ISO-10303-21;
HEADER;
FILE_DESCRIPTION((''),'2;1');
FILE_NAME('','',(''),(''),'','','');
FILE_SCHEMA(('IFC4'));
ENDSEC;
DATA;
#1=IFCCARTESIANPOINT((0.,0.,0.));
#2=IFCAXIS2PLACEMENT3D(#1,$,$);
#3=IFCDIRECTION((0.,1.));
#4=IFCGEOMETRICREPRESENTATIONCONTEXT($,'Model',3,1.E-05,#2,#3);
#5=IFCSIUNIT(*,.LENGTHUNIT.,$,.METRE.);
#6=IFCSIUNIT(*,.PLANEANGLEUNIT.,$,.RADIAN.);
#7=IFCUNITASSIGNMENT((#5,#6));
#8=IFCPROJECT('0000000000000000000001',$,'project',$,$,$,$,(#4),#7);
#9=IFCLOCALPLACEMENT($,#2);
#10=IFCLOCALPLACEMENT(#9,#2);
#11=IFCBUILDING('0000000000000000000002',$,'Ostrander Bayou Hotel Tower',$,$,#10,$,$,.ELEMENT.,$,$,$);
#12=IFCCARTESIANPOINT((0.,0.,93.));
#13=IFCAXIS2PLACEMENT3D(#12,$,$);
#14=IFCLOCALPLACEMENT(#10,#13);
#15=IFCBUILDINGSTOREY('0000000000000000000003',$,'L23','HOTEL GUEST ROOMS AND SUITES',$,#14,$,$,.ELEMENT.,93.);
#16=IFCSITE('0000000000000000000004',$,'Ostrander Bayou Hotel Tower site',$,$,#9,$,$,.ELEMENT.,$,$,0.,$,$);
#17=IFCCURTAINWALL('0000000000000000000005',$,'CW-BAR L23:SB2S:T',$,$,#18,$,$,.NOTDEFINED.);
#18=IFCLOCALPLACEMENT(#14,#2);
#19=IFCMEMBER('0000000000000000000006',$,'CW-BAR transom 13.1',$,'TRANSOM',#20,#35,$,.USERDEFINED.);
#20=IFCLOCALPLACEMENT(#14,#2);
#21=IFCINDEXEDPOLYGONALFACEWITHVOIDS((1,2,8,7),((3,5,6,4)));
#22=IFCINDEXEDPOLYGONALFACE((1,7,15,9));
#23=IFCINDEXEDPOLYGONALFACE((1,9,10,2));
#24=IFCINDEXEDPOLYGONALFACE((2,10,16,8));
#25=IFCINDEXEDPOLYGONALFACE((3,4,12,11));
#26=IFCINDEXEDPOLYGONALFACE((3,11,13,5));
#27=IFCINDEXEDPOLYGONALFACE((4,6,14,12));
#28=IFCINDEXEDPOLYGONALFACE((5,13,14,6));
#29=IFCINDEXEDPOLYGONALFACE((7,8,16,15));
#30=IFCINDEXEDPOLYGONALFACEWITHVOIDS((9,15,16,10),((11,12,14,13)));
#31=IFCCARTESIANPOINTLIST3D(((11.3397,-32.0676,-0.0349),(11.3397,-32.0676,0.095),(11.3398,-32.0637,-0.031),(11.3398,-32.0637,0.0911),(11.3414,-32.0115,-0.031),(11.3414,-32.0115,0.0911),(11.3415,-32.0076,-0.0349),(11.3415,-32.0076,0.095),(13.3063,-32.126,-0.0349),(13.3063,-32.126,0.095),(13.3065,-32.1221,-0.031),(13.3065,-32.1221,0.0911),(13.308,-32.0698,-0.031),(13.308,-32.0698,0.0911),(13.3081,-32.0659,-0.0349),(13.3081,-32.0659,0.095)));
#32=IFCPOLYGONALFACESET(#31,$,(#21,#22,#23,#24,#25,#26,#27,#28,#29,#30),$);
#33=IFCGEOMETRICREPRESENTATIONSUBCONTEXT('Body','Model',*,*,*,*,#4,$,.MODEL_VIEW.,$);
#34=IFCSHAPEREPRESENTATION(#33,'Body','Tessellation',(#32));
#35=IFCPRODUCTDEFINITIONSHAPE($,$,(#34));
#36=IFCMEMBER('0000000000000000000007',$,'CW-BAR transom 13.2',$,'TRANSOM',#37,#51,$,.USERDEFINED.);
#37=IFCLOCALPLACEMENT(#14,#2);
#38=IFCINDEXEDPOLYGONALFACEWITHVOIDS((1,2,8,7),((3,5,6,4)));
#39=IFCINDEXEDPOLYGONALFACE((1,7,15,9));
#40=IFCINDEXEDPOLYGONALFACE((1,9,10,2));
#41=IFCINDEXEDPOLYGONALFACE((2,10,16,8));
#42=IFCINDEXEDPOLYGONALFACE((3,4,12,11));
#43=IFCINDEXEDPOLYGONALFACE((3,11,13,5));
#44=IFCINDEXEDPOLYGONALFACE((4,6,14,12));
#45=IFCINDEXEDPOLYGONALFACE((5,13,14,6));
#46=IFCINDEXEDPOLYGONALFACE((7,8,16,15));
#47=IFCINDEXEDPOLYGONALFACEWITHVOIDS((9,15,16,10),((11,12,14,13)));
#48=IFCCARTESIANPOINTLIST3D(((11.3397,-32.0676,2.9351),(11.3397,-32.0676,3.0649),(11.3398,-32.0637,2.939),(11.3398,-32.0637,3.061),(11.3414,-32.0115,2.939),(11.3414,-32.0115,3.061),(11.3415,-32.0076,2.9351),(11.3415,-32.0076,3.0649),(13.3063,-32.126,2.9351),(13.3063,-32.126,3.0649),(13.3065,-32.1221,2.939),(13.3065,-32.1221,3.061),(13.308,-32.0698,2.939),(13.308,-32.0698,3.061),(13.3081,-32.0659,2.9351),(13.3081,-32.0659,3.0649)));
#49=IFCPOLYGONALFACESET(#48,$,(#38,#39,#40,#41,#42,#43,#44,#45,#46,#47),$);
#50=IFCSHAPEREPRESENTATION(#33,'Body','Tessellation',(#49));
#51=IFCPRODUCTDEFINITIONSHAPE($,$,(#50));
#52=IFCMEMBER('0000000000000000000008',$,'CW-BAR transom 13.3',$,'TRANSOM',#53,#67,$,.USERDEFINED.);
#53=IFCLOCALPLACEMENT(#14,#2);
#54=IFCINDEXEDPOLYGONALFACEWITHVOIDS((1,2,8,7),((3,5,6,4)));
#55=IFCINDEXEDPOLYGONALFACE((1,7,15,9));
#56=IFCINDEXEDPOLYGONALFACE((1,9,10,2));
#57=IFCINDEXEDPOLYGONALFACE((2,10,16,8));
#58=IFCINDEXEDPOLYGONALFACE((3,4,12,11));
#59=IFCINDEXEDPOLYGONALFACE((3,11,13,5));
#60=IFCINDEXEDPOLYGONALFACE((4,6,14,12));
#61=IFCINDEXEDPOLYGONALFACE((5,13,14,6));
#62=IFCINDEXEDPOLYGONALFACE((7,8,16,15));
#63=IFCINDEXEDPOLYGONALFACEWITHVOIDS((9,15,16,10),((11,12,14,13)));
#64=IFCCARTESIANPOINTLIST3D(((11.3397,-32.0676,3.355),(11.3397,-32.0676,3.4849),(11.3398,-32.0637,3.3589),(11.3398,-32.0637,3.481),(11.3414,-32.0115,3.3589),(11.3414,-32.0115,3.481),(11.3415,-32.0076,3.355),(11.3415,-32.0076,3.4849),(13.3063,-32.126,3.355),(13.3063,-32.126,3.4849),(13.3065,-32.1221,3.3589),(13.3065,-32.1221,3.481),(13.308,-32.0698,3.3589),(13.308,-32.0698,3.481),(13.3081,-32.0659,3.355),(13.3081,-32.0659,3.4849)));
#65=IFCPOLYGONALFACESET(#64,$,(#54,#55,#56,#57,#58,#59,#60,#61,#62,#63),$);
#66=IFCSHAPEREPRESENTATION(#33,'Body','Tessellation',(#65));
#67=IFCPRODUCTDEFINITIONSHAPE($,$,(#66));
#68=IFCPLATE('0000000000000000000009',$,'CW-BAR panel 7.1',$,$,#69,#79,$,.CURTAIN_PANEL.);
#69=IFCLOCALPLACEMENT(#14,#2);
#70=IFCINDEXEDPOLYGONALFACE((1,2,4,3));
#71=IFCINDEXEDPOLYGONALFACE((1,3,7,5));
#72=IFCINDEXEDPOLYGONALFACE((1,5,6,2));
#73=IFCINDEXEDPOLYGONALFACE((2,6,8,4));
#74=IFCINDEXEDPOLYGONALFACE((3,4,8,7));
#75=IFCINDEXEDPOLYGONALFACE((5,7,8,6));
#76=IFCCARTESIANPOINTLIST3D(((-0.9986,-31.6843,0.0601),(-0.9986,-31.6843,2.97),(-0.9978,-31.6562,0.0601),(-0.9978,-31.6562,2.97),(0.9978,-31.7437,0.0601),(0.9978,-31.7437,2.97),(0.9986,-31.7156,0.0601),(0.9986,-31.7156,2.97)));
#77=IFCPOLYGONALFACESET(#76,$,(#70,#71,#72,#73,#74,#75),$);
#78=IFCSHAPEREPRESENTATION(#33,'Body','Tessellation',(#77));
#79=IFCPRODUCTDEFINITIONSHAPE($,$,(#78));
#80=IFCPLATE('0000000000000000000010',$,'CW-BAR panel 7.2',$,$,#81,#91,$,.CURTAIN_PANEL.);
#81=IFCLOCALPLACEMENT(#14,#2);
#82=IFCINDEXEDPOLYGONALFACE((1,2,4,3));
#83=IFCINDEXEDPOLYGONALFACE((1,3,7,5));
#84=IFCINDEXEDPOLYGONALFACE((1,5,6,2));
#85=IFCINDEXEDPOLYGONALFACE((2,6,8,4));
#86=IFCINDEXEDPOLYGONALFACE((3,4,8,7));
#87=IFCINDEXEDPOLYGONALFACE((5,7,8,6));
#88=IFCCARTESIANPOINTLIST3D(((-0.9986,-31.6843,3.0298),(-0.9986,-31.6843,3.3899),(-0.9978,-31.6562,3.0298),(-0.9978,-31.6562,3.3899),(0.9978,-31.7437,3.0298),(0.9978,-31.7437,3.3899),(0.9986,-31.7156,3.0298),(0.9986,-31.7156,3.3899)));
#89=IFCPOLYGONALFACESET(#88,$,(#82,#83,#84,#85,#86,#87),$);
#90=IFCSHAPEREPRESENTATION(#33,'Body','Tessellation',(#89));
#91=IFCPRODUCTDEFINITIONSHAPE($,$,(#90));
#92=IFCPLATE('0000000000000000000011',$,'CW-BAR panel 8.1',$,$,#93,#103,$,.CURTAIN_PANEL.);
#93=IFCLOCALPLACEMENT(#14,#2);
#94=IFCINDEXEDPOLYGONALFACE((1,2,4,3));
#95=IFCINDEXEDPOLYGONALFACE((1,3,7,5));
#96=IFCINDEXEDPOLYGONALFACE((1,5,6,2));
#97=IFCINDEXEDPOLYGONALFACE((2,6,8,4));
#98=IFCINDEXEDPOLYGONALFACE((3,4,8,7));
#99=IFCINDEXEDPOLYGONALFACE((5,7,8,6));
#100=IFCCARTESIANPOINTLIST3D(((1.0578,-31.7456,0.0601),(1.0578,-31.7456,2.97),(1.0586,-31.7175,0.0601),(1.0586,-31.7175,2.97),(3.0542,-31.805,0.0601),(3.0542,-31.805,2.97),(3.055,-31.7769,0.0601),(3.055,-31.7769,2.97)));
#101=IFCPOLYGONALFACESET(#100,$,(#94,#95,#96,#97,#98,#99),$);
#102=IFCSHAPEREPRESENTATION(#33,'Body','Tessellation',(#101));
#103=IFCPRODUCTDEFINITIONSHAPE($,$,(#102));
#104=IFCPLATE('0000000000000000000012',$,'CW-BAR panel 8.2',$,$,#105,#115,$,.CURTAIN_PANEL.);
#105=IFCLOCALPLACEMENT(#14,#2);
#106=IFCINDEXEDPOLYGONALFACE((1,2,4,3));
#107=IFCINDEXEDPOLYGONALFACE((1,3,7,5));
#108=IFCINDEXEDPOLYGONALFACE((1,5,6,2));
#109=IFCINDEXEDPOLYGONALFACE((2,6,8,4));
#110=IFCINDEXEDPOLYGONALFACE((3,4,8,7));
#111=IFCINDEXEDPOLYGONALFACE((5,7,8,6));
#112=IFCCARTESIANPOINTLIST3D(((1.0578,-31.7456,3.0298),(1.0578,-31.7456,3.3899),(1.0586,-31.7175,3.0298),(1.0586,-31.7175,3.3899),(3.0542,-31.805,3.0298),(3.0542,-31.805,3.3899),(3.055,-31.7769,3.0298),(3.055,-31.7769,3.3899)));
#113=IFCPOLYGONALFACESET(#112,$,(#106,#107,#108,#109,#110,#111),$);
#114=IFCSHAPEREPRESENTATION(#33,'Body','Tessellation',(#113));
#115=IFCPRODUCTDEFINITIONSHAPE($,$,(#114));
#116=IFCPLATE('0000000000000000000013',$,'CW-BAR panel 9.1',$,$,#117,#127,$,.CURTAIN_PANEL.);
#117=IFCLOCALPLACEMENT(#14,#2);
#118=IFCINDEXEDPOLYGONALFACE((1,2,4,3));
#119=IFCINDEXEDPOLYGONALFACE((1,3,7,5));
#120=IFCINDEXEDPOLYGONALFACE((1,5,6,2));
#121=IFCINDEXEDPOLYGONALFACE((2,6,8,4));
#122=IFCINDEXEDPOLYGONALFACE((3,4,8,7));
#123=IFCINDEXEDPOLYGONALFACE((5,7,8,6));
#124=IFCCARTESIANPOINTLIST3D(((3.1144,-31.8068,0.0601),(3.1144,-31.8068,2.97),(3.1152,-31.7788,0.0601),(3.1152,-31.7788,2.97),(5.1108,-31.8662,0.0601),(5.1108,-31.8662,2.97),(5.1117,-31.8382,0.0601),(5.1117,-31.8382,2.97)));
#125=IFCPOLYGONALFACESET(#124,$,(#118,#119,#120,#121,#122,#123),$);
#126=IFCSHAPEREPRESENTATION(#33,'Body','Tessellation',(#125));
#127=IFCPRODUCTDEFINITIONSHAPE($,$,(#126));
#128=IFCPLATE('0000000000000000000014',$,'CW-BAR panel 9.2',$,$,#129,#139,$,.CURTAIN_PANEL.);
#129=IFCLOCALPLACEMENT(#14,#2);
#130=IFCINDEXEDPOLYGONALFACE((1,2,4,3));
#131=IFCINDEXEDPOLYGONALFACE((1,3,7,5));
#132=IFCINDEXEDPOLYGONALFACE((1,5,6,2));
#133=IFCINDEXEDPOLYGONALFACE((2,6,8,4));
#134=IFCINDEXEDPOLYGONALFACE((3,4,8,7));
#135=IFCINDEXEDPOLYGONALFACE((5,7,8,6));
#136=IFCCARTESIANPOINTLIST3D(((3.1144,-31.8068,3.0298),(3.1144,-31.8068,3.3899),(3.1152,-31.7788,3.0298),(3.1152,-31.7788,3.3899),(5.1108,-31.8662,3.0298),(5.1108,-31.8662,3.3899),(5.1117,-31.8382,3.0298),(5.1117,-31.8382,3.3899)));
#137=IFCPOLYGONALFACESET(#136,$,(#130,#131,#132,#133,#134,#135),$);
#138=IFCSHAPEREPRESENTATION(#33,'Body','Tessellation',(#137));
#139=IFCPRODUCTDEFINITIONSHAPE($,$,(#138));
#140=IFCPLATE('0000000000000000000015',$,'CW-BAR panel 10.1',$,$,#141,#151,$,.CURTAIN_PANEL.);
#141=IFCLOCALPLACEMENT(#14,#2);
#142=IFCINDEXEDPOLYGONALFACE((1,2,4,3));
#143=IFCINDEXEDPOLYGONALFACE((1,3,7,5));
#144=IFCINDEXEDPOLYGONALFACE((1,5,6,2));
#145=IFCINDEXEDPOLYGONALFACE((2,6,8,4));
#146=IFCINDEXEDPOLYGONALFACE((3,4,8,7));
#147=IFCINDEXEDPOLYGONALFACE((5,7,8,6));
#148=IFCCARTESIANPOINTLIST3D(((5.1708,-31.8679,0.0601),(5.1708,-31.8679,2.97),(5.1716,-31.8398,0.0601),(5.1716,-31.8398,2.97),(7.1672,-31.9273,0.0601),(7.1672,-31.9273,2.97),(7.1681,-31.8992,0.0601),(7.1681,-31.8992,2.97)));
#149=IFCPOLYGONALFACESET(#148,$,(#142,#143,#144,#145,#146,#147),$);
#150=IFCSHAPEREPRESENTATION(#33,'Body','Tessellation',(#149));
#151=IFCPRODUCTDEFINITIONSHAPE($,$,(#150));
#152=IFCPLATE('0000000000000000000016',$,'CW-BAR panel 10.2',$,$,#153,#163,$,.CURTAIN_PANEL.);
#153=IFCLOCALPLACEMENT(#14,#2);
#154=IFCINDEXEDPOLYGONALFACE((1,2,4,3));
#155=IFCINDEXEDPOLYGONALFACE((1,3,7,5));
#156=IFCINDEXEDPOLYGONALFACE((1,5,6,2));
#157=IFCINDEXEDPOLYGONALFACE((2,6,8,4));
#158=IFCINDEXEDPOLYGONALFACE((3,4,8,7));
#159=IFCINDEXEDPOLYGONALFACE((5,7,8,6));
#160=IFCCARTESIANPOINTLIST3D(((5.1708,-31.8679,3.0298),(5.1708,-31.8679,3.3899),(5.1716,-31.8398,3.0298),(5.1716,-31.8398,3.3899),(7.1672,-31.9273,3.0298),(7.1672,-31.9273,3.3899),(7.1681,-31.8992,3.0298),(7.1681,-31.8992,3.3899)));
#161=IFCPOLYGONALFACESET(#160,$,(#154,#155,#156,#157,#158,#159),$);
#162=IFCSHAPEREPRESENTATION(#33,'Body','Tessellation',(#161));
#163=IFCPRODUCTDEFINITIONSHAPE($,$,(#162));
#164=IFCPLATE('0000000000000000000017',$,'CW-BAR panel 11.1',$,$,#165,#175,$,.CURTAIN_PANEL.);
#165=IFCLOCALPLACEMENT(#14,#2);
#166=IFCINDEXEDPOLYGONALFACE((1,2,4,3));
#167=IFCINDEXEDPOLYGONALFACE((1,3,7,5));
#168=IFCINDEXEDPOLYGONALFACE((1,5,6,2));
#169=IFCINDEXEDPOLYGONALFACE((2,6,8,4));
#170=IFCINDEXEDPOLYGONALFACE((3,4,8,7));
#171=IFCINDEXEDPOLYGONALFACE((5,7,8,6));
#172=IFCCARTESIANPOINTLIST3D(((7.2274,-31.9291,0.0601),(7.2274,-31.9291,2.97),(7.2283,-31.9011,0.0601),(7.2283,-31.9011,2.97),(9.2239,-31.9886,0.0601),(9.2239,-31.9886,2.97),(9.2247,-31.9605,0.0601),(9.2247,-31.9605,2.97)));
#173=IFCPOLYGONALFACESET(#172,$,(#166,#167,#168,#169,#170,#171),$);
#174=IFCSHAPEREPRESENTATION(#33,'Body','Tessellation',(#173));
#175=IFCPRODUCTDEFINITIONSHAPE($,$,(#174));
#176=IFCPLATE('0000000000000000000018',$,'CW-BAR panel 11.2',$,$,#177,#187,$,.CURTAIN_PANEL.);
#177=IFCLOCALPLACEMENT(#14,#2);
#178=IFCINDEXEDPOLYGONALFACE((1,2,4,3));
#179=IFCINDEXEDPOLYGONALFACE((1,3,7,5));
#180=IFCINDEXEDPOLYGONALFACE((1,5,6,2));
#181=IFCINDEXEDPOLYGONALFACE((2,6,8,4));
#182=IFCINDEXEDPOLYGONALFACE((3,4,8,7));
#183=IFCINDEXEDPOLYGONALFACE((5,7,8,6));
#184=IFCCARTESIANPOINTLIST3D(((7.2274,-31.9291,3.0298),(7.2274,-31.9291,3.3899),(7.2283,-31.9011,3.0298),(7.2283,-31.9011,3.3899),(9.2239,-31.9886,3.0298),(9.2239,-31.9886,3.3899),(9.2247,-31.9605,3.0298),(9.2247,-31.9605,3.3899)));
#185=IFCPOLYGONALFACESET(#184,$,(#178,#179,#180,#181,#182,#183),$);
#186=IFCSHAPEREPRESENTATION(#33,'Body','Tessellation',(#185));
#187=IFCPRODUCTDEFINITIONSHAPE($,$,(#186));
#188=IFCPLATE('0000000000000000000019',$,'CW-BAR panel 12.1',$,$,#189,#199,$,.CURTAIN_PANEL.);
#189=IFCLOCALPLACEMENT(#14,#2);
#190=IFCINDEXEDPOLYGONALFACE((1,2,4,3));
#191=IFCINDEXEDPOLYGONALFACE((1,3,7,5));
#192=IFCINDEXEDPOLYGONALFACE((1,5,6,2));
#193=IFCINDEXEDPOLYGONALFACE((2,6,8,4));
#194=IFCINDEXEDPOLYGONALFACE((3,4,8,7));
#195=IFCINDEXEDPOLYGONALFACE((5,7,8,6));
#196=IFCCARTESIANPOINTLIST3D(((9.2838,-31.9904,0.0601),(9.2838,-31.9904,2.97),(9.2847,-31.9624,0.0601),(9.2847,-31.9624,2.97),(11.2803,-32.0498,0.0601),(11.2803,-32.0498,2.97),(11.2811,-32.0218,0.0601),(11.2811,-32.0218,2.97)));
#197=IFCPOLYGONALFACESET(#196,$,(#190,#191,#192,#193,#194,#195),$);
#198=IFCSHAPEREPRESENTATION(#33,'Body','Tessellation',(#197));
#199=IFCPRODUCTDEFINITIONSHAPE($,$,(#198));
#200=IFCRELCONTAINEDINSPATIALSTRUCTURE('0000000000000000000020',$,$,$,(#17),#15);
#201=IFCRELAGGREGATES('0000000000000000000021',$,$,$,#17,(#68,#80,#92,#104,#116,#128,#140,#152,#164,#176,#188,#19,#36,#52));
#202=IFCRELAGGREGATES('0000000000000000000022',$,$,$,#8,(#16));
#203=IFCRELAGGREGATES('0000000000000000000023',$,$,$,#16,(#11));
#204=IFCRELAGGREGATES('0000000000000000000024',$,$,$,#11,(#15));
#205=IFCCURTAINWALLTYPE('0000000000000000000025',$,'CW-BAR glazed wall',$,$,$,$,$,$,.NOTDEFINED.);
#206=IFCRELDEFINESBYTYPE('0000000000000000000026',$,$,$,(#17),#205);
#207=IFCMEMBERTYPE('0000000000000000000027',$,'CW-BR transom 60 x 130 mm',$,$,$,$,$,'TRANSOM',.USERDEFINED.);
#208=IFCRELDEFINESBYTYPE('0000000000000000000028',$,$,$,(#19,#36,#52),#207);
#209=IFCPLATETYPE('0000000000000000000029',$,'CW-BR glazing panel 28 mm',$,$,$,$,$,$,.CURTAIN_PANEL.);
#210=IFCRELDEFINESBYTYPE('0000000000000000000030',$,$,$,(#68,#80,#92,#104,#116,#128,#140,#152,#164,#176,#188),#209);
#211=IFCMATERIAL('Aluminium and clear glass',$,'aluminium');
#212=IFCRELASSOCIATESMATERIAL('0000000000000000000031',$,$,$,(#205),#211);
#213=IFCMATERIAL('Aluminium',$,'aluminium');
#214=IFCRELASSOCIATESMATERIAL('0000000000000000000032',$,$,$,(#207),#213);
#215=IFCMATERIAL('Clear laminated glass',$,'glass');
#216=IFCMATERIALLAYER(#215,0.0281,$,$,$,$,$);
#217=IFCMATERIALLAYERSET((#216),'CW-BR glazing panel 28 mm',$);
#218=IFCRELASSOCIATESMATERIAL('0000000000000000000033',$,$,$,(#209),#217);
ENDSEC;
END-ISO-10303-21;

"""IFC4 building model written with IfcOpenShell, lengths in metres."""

from ifc_helpers import new_model, si_unit, direction, frame, origin, origin_2d, place, context, subcontext, project, spatial, rectangle, hollow_rectangle, extrude, material, layer, layer_set, material_profile, profile_set, type_object, element, aggregate, save


model = new_model("IFC4")

# Units and contexts
model_context = context("Model", 3, precision=1e-05, world=origin(), true_north=direction((0.0, 1.0)))
body_context = subcontext(model_context, "Body", "Model", "MODEL_VIEW")
ifc_project = project(units=[si_unit("LENGTHUNIT", "METRE"), si_unit("PLANEANGLEUNIT", "RADIAN")], contexts=[model_context])

# Site, building, storey
site_placement = place(None, origin())
site = spatial("IfcSite", under=ifc_project, at=site_placement, Name="Ostrander Bayou Hotel Tower site", CompositionType="ELEMENT", RefElevation=0.0)
building_placement = place(site_placement, origin())
building = spatial("IfcBuilding", under=site, at=building_placement, Name="Ostrander Bayou Hotel Tower", CompositionType="ELEMENT")
storey_placement = place(building_placement, frame((0.0, 0.0, 93.0)))
storey = spatial("IfcBuildingStorey", under=building, at=storey_placement, Name="L23", Description="HOTEL GUEST ROOMS AND SUITES", CompositionType="ELEMENT", Elevation=93.0)

# Curtain wall, members, plates
ifc_material_1 = material(Name="Aluminium and clear glass", Category="aluminium")
curtain_wall_type = type_object("IfcCurtainWallType", Name="CW-BAR glazed wall", PredefinedType="NOTDEFINED", material=ifc_material_1)
curtain_wall_placement = place(storey_placement, origin())
curtain_wall = element("IfcCurtainWall", 1, at=curtain_wall_placement, inside=storey, type_object=curtain_wall_type, Name="CW-BAR L23:SB2S:T", PredefinedType="NOTDEFINED")
ifc_material_2 = material(Name="Aluminium", Category="aluminium")
ifc_material_profile_1 = material_profile(ifc_material_2, hollow_rectangle(XDim=0.0601, YDim=0.1299, WallThickness=0.0039, at=origin_2d()))
ifc_profile_set_1 = profile_set([ifc_material_profile_1], Name="Aluminium")
member_type_1 = type_object("IfcMemberType", Name="CW-BR transom 60 x 130 mm", ElementType="TRANSOM", PredefinedType="USERDEFINED", material=ifc_profile_set_1)
member_1_placement = place(storey_placement, frame((11.3406, -32.0376, 0.03), z_axis=(0.99956, -0.029658, 0.0), x_axis=(0.029658, 0.99956, 0.0)))
member_1 = element("IfcMember", 2, at=member_1_placement, type_object=member_type_1, Name="CW-BAR transom 13.1", ObjectType="TRANSOM", PredefinedType="USERDEFINED", context=body_context, shape_type="SweptSolid", body=[
    extrude(hollow_rectangle(XDim=0.0601, YDim=0.1299, WallThickness=0.0039, at=origin_2d()), origin(), (0.0, 0.0, 1.0), 1.9675),
])
member_2_placement = place(storey_placement, frame((11.3406, -32.0376, 3.0), z_axis=(0.99956, -0.029658, 0.0), x_axis=(0.029658, 0.99956, 0.0)))
member_2 = element("IfcMember", 3, at=member_2_placement, type_object=member_type_1, Name="CW-BAR transom 13.2", ObjectType="TRANSOM", PredefinedType="USERDEFINED", context=body_context, shape_type="SweptSolid", body=[
    extrude(hollow_rectangle(XDim=0.0601, YDim=0.1299, WallThickness=0.0039, at=origin_2d()), origin(), (0.0, 0.0, 1.0), 1.9675),
])
member_3_placement = place(storey_placement, frame((11.3406, -32.0376, 3.4199), z_axis=(0.99956, -0.029658, 0.0), x_axis=(0.029658, 0.99956, 0.0)))
member_3 = element("IfcMember", 4, at=member_3_placement, type_object=member_type_1, Name="CW-BAR transom 13.3", ObjectType="TRANSOM", PredefinedType="USERDEFINED", context=body_context, shape_type="SweptSolid", body=[
    extrude(hollow_rectangle(XDim=0.0601, YDim=0.1299, WallThickness=0.0039, at=origin_2d()), origin(), (0.0, 0.0, 1.0), 1.9675),
])
ifc_material_3 = material(Name="Clear laminated glass", Category="glass")
ifc_layer_1 = layer(ifc_material_3, 0.0281)
ifc_layer_set_1 = layer_set([ifc_layer_1], Name="CW-BR glazing panel 28 mm")
plate_type = type_object("IfcPlateType", Name="CW-BR glazing panel 28 mm", PredefinedType="CURTAIN_PANEL", material=ifc_layer_set_1)
plate_1_placement = place(storey_placement, frame((0.0, -31.7, 0.0601), z_axis=(0.0, 0.0, 1.0), x_axis=(0.999557, -0.029746, 0.0)))
plate_1 = element("IfcPlate", 5, at=plate_1_placement, type_object=plate_type, Name="CW-BAR panel 7.1", PredefinedType="CURTAIN_PANEL", context=body_context, shape_type="SweptSolid", body=[
    extrude(rectangle(XDim=1.9973, YDim=0.0281, at=origin_2d()), origin(), (0.0, 0.0, 1.0), 2.9099),
])
plate_2_placement = place(storey_placement, frame((0.0, -31.7, 3.0298), z_axis=(0.0, 0.0, 1.0), x_axis=(0.999557, -0.029746, 0.0)))
plate_2 = element("IfcPlate", 6, at=plate_2_placement, type_object=plate_type, Name="CW-BAR panel 7.2", PredefinedType="CURTAIN_PANEL", context=body_context, shape_type="SweptSolid", body=[
    extrude(rectangle(XDim=1.9973, YDim=0.0281, at=origin_2d()), origin(), (0.0, 0.0, 1.0), 0.3601),
])
plate_3_placement = place(storey_placement, frame((2.0564, -31.7612, 0.0601), z_axis=(0.0, 0.0, 1.0), x_axis=(0.999557, -0.029746, 0.0)))
plate_3 = element("IfcPlate", 7, at=plate_3_placement, type_object=plate_type, Name="CW-BAR panel 8.1", PredefinedType="CURTAIN_PANEL", context=body_context, shape_type="SweptSolid", body=[
    extrude(rectangle(XDim=1.9973, YDim=0.0281, at=origin_2d()), origin(), (0.0, 0.0, 1.0), 2.9099),
])
plate_4_placement = place(storey_placement, frame((2.0564, -31.7612, 3.0298), z_axis=(0.0, 0.0, 1.0), x_axis=(0.999557, -0.029746, 0.0)))
plate_4 = element("IfcPlate", 8, at=plate_4_placement, type_object=plate_type, Name="CW-BAR panel 8.2", PredefinedType="CURTAIN_PANEL", context=body_context, shape_type="SweptSolid", body=[
    extrude(rectangle(XDim=1.9973, YDim=0.0281, at=origin_2d()), origin(), (0.0, 0.0, 1.0), 0.3601),
])
plate_5_placement = place(storey_placement, frame((4.113, -31.8225, 0.0601), z_axis=(0.0, 0.0, 1.0), x_axis=(0.999557, -0.029746, 0.0)))
plate_5 = element("IfcPlate", 9, at=plate_5_placement, type_object=plate_type, Name="CW-BAR panel 9.1", PredefinedType="CURTAIN_PANEL", context=body_context, shape_type="SweptSolid", body=[
    extrude(rectangle(XDim=1.9973, YDim=0.0281, at=origin_2d()), origin(), (0.0, 0.0, 1.0), 2.9099),
])
plate_6_placement = place(storey_placement, frame((4.113, -31.8225, 3.0298), z_axis=(0.0, 0.0, 1.0), x_axis=(0.999557, -0.029746, 0.0)))
plate_6 = element("IfcPlate", 10, at=plate_6_placement, type_object=plate_type, Name="CW-BAR panel 9.2", PredefinedType="CURTAIN_PANEL", context=body_context, shape_type="SweptSolid", body=[
    extrude(rectangle(XDim=1.9973, YDim=0.0281, at=origin_2d()), origin(), (0.0, 0.0, 1.0), 0.3601),
])
plate_7_placement = place(storey_placement, frame((6.1694, -31.8835, 0.0601), z_axis=(0.0, 0.0, 1.0), x_axis=(0.999557, -0.029746, 0.0)))
plate_7 = element("IfcPlate", 11, at=plate_7_placement, type_object=plate_type, Name="CW-BAR panel 10.1", PredefinedType="CURTAIN_PANEL", context=body_context, shape_type="SweptSolid", body=[
    extrude(rectangle(XDim=1.9973, YDim=0.0281, at=origin_2d()), origin(), (0.0, 0.0, 1.0), 2.9099),
])
plate_8_placement = place(storey_placement, frame((6.1694, -31.8835, 3.0298), z_axis=(0.0, 0.0, 1.0), x_axis=(0.999557, -0.029746, 0.0)))
plate_8 = element("IfcPlate", 12, at=plate_8_placement, type_object=plate_type, Name="CW-BAR panel 10.2", PredefinedType="CURTAIN_PANEL", context=body_context, shape_type="SweptSolid", body=[
    extrude(rectangle(XDim=1.9973, YDim=0.0281, at=origin_2d()), origin(), (0.0, 0.0, 1.0), 0.3601),
])
plate_9_placement = place(storey_placement, frame((8.2261, -31.9448, 0.0601), z_axis=(0.0, 0.0, 1.0), x_axis=(0.999557, -0.029746, 0.0)))
plate_9 = element("IfcPlate", 13, at=plate_9_placement, type_object=plate_type, Name="CW-BAR panel 11.1", PredefinedType="CURTAIN_PANEL", context=body_context, shape_type="SweptSolid", body=[
    extrude(rectangle(XDim=1.9973, YDim=0.0281, at=origin_2d()), origin(), (0.0, 0.0, 1.0), 2.9099),
])
plate_10_placement = place(storey_placement, frame((8.2261, -31.9448, 3.0298), z_axis=(0.0, 0.0, 1.0), x_axis=(0.999557, -0.029746, 0.0)))
plate_10 = element("IfcPlate", 14, at=plate_10_placement, type_object=plate_type, Name="CW-BAR panel 11.2", PredefinedType="CURTAIN_PANEL", context=body_context, shape_type="SweptSolid", body=[
    extrude(rectangle(XDim=1.9973, YDim=0.0281, at=origin_2d()), origin(), (0.0, 0.0, 1.0), 0.3601),
])
plate_11_placement = place(storey_placement, frame((10.2825, -32.0061, 0.0601), z_axis=(0.0, 0.0, 1.0), x_axis=(0.999557, -0.029746, 0.0)))
plate_11 = element("IfcPlate", 15, at=plate_11_placement, type_object=plate_type, Name="CW-BAR panel 12.1", PredefinedType="CURTAIN_PANEL", context=body_context, shape_type="SweptSolid", body=[
    extrude(rectangle(XDim=1.9973, YDim=0.0281, at=origin_2d()), origin(), (0.0, 0.0, 1.0), 2.9099),
])
aggregate(curtain_wall, [plate_1, plate_2, plate_3, plate_4, plate_5, plate_6, plate_7, plate_8, plate_9, plate_10, plate_11, member_1, member_2, member_3])

save(model, "model.ifc")
